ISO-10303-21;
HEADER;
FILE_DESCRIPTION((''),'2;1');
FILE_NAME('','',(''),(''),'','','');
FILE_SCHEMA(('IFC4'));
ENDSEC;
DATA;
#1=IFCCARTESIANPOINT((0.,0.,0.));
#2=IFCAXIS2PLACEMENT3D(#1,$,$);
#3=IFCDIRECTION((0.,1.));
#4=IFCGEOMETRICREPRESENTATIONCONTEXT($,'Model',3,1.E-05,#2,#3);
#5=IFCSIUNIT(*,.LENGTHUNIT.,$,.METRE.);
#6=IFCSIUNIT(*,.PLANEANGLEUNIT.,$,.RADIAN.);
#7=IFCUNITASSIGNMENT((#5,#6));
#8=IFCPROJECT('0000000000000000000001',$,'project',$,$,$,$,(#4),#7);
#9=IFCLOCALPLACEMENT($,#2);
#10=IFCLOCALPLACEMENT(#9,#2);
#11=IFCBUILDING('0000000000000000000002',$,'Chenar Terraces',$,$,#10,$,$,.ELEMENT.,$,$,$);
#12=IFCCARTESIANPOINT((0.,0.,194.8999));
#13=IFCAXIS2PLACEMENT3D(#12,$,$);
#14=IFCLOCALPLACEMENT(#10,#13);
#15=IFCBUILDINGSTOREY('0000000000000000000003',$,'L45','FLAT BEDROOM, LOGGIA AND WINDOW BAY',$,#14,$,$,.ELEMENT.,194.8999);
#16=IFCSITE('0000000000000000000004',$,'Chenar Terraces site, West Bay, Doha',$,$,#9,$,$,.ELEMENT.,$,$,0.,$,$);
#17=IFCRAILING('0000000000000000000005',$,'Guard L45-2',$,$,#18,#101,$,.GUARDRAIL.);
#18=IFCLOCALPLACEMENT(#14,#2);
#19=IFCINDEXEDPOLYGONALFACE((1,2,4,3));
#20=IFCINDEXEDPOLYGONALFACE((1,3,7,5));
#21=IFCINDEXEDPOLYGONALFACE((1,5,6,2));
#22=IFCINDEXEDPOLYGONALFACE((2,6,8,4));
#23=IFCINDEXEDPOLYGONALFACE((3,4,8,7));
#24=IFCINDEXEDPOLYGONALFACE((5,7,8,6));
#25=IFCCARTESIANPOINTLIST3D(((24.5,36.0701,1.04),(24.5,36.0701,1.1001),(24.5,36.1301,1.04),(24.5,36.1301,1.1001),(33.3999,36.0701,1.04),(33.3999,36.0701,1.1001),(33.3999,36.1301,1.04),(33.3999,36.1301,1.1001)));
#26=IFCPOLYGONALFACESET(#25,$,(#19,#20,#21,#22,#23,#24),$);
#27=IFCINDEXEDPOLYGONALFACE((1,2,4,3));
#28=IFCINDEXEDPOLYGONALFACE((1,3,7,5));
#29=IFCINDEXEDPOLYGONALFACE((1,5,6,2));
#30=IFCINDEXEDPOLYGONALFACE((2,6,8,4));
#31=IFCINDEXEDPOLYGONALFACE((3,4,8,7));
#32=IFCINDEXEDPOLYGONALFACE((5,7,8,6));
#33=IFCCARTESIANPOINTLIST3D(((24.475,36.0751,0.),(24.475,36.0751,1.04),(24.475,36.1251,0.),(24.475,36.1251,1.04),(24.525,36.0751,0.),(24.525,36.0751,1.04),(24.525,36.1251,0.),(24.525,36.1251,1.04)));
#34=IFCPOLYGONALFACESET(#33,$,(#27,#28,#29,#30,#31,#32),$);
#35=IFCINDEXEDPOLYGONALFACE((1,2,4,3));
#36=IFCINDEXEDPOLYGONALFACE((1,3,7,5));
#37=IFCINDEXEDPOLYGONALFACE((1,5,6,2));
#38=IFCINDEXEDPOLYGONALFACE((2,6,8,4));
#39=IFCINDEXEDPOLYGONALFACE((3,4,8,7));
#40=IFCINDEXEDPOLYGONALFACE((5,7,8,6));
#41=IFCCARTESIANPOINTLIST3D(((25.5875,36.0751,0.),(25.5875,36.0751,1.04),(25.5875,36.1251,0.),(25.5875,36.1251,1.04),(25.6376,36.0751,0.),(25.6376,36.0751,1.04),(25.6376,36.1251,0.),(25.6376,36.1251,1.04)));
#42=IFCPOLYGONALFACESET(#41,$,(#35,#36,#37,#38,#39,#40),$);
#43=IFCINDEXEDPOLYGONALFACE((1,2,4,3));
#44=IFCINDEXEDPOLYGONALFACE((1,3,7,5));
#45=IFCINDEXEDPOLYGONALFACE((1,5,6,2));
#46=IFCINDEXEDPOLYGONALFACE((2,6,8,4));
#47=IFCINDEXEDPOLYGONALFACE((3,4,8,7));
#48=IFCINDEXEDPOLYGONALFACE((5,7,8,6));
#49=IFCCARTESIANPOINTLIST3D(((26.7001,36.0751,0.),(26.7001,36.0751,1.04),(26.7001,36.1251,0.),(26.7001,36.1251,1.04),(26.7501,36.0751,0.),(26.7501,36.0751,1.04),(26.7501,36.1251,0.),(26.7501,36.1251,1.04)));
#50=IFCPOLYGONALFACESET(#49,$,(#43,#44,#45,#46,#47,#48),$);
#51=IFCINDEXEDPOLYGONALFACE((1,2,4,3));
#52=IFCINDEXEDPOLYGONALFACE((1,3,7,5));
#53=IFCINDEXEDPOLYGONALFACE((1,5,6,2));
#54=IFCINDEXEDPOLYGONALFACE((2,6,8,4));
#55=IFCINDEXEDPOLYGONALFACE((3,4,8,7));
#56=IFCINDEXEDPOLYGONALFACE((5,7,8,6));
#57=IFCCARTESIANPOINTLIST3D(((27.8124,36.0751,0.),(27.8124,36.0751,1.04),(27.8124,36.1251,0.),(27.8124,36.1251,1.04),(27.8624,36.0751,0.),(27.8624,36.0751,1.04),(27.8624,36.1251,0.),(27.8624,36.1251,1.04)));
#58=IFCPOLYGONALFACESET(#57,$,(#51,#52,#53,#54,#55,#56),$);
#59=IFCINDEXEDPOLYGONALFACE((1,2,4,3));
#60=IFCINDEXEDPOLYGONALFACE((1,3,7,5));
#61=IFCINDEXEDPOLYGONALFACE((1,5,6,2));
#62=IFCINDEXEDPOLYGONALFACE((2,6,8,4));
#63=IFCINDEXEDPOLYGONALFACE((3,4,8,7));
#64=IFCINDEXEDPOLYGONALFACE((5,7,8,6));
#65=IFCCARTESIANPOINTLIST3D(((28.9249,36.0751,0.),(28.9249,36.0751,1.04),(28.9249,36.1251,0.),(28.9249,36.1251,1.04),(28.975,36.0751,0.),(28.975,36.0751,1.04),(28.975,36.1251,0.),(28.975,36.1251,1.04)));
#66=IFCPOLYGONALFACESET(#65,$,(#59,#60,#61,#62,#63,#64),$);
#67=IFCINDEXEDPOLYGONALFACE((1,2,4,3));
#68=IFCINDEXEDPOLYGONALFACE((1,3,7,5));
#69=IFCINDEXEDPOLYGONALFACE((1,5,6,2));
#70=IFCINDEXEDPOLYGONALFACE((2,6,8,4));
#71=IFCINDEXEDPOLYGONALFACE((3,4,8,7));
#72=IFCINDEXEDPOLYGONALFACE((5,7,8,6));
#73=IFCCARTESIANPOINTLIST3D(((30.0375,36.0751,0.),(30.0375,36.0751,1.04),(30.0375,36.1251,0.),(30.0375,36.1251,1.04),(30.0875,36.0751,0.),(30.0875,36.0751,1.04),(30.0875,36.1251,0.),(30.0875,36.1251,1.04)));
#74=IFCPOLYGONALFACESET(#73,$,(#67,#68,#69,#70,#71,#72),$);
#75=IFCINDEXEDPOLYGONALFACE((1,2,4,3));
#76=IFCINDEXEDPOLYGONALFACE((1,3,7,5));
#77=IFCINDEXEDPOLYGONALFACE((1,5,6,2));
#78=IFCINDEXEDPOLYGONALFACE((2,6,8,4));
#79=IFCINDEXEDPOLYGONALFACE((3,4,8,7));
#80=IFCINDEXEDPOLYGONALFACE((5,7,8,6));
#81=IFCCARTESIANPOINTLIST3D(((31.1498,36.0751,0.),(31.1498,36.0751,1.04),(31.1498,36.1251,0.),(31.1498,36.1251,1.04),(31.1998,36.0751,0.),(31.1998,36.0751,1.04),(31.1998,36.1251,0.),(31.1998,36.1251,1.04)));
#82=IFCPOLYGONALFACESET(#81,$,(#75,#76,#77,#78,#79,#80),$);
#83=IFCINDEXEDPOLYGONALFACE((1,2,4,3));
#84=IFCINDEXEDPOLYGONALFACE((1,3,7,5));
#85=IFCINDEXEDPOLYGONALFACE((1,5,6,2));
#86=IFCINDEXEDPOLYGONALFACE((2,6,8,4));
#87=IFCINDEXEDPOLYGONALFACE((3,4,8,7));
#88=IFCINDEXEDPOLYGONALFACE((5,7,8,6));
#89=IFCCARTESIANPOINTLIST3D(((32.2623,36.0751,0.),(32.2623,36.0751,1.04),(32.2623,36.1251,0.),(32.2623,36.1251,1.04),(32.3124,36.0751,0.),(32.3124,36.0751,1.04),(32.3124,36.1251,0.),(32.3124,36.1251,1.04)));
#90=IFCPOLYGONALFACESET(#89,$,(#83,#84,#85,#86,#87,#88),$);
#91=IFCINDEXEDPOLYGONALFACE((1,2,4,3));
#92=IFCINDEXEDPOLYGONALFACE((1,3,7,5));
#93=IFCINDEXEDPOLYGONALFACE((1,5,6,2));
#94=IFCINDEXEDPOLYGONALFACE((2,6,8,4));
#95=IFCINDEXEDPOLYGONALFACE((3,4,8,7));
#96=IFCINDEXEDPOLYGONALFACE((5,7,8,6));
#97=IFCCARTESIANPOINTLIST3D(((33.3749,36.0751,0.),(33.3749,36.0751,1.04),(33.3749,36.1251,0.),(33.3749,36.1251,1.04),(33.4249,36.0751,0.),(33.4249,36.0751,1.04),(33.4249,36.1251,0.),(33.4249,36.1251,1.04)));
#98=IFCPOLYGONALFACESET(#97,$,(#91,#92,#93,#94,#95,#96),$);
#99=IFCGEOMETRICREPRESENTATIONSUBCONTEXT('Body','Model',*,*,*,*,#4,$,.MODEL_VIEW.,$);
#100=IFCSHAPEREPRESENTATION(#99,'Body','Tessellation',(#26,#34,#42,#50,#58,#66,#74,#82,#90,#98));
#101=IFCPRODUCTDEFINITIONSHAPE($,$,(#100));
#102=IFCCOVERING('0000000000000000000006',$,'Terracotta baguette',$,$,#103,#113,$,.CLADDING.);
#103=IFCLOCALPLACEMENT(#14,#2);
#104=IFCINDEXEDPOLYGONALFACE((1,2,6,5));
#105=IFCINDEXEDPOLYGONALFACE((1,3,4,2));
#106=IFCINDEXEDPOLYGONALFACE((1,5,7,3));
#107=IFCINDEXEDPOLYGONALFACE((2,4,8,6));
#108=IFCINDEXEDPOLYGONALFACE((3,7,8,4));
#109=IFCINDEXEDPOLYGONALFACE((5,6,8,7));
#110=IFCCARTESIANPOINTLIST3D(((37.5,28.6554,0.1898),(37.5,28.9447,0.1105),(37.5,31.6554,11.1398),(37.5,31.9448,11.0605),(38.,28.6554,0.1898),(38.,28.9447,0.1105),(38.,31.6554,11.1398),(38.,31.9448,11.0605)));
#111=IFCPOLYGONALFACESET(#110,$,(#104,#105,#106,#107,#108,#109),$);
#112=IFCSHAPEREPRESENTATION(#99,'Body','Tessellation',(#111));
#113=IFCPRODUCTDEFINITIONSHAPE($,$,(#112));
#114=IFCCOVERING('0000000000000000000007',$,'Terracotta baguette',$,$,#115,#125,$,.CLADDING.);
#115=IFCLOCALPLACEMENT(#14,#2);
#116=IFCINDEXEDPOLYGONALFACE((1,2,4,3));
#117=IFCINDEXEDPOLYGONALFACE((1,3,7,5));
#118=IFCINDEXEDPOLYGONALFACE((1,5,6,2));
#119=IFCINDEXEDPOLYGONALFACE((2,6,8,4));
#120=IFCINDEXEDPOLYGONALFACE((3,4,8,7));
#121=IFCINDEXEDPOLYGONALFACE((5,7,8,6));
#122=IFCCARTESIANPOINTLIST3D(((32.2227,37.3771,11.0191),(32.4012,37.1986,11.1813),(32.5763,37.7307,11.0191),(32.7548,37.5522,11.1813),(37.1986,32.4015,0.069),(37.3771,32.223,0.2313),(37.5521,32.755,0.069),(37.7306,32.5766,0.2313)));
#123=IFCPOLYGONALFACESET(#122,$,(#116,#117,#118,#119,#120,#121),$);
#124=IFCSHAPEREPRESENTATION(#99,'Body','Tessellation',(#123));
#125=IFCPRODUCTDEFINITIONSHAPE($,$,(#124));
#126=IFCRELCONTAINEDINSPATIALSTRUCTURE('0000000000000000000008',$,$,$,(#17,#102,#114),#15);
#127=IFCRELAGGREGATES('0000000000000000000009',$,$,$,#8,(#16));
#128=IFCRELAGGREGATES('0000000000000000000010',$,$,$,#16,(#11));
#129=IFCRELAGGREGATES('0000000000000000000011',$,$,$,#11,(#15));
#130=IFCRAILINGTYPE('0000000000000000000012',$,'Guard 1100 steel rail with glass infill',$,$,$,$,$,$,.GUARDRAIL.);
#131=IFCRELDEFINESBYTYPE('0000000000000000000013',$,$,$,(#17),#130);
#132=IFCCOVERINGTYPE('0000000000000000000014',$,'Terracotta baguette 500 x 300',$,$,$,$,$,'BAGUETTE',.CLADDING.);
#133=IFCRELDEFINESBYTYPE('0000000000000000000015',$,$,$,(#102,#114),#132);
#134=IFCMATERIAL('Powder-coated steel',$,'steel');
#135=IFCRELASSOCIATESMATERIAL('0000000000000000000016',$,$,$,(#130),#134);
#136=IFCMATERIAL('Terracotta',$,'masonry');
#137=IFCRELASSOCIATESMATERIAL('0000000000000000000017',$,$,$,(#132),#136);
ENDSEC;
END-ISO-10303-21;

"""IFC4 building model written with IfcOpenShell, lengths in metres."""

from ifc_helpers import new_model, si_unit, direction, frame, origin, origin_2d, place, context, subcontext, project, spatial, rectangle, extrude, material, material_profile, profile_set, type_object, element, save


model = new_model("IFC4")

# Units and contexts
model_context = context("Model", 3, precision=1e-05, world=origin(), true_north=direction((0.0, 1.0)))
body_context = subcontext(model_context, "Body", "Model", "MODEL_VIEW")
ifc_project = project(units=[si_unit("LENGTHUNIT", "METRE"), si_unit("PLANEANGLEUNIT", "RADIAN")], contexts=[model_context])

# Site, building, storey
site_placement = place(None, origin())
site = spatial("IfcSite", under=ifc_project, at=site_placement, Name="Chenar Terraces site, West Bay, Doha", CompositionType="ELEMENT", RefElevation=0.0)
building_placement = place(site_placement, origin())
building = spatial("IfcBuilding", under=site, at=building_placement, Name="Chenar Terraces", CompositionType="ELEMENT")
storey_placement = place(building_placement, frame((0.0, 0.0, 194.8999)))
storey = spatial("IfcBuildingStorey", under=building, at=storey_placement, Name="L45", Description="FLAT BEDROOM, LOGGIA AND WINDOW BAY", CompositionType="ELEMENT", Elevation=194.8999)

# Railing
ifc_material_1 = material(Name="Powder-coated steel", Category="steel")
railing_type = type_object("IfcRailingType", Name="Guard 1100 steel rail with glass infill", PredefinedType="GUARDRAIL", material=ifc_material_1)
railing_placement = place(storey_placement, frame((24.5, 36.1001, 0.0)))
element("IfcRailing", 1, at=railing_placement, inside=storey, type_object=railing_type, Name="Guard L45-2", PredefinedType="GUARDRAIL", context=body_context, shape_type="SweptSolid", body=[
    extrude(rectangle(XDim=0.0601, YDim=0.0601, at=origin_2d()), frame((0.0, 0.0, 1.0701), z_axis=(1.0, 0.0, 0.0), x_axis=(0.0, 1.0, 0.0)), (0.0, 0.0, 1.0), 8.8999),
    extrude(rectangle(XDim=0.05, YDim=0.05, at=origin_2d()), origin(), (0.0, 0.0, 1.0), 1.04),
    extrude(rectangle(XDim=0.05, YDim=0.05, at=origin_2d()), frame((1.1125, 0.0, 0.0)), (0.0, 0.0, 1.0), 1.04),
    extrude(rectangle(XDim=0.05, YDim=0.05, at=origin_2d()), frame((2.2251, 0.0, 0.0)), (0.0, 0.0, 1.0), 1.04),
    extrude(rectangle(XDim=0.05, YDim=0.05, at=origin_2d()), frame((3.3374, 0.0, 0.0)), (0.0, 0.0, 1.0), 1.04),
    extrude(rectangle(XDim=0.05, YDim=0.05, at=origin_2d()), frame((4.45, 0.0, 0.0)), (0.0, 0.0, 1.0), 1.04),
    extrude(rectangle(XDim=0.05, YDim=0.05, at=origin_2d()), frame((5.5625, 0.0, 0.0)), (0.0, 0.0, 1.0), 1.04),
    extrude(rectangle(XDim=0.05, YDim=0.05, at=origin_2d()), frame((6.6748, 0.0, 0.0)), (0.0, 0.0, 1.0), 1.04),
    extrude(rectangle(XDim=0.05, YDim=0.05, at=origin_2d()), frame((7.7874, 0.0, 0.0)), (0.0, 0.0, 1.0), 1.04),
    extrude(rectangle(XDim=0.05, YDim=0.05, at=origin_2d()), frame((8.8999, 0.0, 0.0)), (0.0, 0.0, 1.0), 1.04),
])

# Coverings
ifc_material_2 = material(Name="Terracotta", Category="masonry")
ifc_material_profile_1 = material_profile(ifc_material_2, rectangle(XDim=0.5, YDim=0.3, at=origin_2d()), Name="Terracotta baguette 500 x 300")
ifc_profile_set_1 = profile_set([ifc_material_profile_1], Name="Terracotta")
covering_type = type_object("IfcCoveringType", Name="Terracotta baguette 500 x 300", ElementType="BAGUETTE", PredefinedType="CLADDING", material=ifc_profile_set_1)
covering_1_placement = place(storey_placement, frame((37.75, 28.8, 0.1501), z_axis=(0.0, 0.264236, 0.964458), x_axis=(-1.0, 0.0, 0.0)))
element("IfcCovering", 2, at=covering_1_placement, inside=storey, type_object=covering_type, Name="Terracotta baguette", PredefinedType="CLADDING", context=body_context, shape_type="SweptSolid", body=[
    extrude(rectangle(XDim=0.5, YDim=0.3, at=origin_2d()), origin(), (0.0, 0.0, 1.0), 11.3535),
])
covering_2_placement = place(storey_placement, frame((37.4646, 32.489, 0.1501), z_axis=(-0.382285, 0.382266, 0.841267), x_axis=(-0.707089, -0.707124, 0.0)))
element("IfcCovering", 3, at=covering_2_placement, inside=storey, type_object=covering_type, Name="Terracotta baguette", PredefinedType="CLADDING", context=body_context, shape_type="SweptSolid", body=[
    extrude(rectangle(XDim=0.5, YDim=0.3, at=origin_2d()), origin(), (0.0, 0.0, 1.0), 13.0161),
])

save(model, "model.ifc")
